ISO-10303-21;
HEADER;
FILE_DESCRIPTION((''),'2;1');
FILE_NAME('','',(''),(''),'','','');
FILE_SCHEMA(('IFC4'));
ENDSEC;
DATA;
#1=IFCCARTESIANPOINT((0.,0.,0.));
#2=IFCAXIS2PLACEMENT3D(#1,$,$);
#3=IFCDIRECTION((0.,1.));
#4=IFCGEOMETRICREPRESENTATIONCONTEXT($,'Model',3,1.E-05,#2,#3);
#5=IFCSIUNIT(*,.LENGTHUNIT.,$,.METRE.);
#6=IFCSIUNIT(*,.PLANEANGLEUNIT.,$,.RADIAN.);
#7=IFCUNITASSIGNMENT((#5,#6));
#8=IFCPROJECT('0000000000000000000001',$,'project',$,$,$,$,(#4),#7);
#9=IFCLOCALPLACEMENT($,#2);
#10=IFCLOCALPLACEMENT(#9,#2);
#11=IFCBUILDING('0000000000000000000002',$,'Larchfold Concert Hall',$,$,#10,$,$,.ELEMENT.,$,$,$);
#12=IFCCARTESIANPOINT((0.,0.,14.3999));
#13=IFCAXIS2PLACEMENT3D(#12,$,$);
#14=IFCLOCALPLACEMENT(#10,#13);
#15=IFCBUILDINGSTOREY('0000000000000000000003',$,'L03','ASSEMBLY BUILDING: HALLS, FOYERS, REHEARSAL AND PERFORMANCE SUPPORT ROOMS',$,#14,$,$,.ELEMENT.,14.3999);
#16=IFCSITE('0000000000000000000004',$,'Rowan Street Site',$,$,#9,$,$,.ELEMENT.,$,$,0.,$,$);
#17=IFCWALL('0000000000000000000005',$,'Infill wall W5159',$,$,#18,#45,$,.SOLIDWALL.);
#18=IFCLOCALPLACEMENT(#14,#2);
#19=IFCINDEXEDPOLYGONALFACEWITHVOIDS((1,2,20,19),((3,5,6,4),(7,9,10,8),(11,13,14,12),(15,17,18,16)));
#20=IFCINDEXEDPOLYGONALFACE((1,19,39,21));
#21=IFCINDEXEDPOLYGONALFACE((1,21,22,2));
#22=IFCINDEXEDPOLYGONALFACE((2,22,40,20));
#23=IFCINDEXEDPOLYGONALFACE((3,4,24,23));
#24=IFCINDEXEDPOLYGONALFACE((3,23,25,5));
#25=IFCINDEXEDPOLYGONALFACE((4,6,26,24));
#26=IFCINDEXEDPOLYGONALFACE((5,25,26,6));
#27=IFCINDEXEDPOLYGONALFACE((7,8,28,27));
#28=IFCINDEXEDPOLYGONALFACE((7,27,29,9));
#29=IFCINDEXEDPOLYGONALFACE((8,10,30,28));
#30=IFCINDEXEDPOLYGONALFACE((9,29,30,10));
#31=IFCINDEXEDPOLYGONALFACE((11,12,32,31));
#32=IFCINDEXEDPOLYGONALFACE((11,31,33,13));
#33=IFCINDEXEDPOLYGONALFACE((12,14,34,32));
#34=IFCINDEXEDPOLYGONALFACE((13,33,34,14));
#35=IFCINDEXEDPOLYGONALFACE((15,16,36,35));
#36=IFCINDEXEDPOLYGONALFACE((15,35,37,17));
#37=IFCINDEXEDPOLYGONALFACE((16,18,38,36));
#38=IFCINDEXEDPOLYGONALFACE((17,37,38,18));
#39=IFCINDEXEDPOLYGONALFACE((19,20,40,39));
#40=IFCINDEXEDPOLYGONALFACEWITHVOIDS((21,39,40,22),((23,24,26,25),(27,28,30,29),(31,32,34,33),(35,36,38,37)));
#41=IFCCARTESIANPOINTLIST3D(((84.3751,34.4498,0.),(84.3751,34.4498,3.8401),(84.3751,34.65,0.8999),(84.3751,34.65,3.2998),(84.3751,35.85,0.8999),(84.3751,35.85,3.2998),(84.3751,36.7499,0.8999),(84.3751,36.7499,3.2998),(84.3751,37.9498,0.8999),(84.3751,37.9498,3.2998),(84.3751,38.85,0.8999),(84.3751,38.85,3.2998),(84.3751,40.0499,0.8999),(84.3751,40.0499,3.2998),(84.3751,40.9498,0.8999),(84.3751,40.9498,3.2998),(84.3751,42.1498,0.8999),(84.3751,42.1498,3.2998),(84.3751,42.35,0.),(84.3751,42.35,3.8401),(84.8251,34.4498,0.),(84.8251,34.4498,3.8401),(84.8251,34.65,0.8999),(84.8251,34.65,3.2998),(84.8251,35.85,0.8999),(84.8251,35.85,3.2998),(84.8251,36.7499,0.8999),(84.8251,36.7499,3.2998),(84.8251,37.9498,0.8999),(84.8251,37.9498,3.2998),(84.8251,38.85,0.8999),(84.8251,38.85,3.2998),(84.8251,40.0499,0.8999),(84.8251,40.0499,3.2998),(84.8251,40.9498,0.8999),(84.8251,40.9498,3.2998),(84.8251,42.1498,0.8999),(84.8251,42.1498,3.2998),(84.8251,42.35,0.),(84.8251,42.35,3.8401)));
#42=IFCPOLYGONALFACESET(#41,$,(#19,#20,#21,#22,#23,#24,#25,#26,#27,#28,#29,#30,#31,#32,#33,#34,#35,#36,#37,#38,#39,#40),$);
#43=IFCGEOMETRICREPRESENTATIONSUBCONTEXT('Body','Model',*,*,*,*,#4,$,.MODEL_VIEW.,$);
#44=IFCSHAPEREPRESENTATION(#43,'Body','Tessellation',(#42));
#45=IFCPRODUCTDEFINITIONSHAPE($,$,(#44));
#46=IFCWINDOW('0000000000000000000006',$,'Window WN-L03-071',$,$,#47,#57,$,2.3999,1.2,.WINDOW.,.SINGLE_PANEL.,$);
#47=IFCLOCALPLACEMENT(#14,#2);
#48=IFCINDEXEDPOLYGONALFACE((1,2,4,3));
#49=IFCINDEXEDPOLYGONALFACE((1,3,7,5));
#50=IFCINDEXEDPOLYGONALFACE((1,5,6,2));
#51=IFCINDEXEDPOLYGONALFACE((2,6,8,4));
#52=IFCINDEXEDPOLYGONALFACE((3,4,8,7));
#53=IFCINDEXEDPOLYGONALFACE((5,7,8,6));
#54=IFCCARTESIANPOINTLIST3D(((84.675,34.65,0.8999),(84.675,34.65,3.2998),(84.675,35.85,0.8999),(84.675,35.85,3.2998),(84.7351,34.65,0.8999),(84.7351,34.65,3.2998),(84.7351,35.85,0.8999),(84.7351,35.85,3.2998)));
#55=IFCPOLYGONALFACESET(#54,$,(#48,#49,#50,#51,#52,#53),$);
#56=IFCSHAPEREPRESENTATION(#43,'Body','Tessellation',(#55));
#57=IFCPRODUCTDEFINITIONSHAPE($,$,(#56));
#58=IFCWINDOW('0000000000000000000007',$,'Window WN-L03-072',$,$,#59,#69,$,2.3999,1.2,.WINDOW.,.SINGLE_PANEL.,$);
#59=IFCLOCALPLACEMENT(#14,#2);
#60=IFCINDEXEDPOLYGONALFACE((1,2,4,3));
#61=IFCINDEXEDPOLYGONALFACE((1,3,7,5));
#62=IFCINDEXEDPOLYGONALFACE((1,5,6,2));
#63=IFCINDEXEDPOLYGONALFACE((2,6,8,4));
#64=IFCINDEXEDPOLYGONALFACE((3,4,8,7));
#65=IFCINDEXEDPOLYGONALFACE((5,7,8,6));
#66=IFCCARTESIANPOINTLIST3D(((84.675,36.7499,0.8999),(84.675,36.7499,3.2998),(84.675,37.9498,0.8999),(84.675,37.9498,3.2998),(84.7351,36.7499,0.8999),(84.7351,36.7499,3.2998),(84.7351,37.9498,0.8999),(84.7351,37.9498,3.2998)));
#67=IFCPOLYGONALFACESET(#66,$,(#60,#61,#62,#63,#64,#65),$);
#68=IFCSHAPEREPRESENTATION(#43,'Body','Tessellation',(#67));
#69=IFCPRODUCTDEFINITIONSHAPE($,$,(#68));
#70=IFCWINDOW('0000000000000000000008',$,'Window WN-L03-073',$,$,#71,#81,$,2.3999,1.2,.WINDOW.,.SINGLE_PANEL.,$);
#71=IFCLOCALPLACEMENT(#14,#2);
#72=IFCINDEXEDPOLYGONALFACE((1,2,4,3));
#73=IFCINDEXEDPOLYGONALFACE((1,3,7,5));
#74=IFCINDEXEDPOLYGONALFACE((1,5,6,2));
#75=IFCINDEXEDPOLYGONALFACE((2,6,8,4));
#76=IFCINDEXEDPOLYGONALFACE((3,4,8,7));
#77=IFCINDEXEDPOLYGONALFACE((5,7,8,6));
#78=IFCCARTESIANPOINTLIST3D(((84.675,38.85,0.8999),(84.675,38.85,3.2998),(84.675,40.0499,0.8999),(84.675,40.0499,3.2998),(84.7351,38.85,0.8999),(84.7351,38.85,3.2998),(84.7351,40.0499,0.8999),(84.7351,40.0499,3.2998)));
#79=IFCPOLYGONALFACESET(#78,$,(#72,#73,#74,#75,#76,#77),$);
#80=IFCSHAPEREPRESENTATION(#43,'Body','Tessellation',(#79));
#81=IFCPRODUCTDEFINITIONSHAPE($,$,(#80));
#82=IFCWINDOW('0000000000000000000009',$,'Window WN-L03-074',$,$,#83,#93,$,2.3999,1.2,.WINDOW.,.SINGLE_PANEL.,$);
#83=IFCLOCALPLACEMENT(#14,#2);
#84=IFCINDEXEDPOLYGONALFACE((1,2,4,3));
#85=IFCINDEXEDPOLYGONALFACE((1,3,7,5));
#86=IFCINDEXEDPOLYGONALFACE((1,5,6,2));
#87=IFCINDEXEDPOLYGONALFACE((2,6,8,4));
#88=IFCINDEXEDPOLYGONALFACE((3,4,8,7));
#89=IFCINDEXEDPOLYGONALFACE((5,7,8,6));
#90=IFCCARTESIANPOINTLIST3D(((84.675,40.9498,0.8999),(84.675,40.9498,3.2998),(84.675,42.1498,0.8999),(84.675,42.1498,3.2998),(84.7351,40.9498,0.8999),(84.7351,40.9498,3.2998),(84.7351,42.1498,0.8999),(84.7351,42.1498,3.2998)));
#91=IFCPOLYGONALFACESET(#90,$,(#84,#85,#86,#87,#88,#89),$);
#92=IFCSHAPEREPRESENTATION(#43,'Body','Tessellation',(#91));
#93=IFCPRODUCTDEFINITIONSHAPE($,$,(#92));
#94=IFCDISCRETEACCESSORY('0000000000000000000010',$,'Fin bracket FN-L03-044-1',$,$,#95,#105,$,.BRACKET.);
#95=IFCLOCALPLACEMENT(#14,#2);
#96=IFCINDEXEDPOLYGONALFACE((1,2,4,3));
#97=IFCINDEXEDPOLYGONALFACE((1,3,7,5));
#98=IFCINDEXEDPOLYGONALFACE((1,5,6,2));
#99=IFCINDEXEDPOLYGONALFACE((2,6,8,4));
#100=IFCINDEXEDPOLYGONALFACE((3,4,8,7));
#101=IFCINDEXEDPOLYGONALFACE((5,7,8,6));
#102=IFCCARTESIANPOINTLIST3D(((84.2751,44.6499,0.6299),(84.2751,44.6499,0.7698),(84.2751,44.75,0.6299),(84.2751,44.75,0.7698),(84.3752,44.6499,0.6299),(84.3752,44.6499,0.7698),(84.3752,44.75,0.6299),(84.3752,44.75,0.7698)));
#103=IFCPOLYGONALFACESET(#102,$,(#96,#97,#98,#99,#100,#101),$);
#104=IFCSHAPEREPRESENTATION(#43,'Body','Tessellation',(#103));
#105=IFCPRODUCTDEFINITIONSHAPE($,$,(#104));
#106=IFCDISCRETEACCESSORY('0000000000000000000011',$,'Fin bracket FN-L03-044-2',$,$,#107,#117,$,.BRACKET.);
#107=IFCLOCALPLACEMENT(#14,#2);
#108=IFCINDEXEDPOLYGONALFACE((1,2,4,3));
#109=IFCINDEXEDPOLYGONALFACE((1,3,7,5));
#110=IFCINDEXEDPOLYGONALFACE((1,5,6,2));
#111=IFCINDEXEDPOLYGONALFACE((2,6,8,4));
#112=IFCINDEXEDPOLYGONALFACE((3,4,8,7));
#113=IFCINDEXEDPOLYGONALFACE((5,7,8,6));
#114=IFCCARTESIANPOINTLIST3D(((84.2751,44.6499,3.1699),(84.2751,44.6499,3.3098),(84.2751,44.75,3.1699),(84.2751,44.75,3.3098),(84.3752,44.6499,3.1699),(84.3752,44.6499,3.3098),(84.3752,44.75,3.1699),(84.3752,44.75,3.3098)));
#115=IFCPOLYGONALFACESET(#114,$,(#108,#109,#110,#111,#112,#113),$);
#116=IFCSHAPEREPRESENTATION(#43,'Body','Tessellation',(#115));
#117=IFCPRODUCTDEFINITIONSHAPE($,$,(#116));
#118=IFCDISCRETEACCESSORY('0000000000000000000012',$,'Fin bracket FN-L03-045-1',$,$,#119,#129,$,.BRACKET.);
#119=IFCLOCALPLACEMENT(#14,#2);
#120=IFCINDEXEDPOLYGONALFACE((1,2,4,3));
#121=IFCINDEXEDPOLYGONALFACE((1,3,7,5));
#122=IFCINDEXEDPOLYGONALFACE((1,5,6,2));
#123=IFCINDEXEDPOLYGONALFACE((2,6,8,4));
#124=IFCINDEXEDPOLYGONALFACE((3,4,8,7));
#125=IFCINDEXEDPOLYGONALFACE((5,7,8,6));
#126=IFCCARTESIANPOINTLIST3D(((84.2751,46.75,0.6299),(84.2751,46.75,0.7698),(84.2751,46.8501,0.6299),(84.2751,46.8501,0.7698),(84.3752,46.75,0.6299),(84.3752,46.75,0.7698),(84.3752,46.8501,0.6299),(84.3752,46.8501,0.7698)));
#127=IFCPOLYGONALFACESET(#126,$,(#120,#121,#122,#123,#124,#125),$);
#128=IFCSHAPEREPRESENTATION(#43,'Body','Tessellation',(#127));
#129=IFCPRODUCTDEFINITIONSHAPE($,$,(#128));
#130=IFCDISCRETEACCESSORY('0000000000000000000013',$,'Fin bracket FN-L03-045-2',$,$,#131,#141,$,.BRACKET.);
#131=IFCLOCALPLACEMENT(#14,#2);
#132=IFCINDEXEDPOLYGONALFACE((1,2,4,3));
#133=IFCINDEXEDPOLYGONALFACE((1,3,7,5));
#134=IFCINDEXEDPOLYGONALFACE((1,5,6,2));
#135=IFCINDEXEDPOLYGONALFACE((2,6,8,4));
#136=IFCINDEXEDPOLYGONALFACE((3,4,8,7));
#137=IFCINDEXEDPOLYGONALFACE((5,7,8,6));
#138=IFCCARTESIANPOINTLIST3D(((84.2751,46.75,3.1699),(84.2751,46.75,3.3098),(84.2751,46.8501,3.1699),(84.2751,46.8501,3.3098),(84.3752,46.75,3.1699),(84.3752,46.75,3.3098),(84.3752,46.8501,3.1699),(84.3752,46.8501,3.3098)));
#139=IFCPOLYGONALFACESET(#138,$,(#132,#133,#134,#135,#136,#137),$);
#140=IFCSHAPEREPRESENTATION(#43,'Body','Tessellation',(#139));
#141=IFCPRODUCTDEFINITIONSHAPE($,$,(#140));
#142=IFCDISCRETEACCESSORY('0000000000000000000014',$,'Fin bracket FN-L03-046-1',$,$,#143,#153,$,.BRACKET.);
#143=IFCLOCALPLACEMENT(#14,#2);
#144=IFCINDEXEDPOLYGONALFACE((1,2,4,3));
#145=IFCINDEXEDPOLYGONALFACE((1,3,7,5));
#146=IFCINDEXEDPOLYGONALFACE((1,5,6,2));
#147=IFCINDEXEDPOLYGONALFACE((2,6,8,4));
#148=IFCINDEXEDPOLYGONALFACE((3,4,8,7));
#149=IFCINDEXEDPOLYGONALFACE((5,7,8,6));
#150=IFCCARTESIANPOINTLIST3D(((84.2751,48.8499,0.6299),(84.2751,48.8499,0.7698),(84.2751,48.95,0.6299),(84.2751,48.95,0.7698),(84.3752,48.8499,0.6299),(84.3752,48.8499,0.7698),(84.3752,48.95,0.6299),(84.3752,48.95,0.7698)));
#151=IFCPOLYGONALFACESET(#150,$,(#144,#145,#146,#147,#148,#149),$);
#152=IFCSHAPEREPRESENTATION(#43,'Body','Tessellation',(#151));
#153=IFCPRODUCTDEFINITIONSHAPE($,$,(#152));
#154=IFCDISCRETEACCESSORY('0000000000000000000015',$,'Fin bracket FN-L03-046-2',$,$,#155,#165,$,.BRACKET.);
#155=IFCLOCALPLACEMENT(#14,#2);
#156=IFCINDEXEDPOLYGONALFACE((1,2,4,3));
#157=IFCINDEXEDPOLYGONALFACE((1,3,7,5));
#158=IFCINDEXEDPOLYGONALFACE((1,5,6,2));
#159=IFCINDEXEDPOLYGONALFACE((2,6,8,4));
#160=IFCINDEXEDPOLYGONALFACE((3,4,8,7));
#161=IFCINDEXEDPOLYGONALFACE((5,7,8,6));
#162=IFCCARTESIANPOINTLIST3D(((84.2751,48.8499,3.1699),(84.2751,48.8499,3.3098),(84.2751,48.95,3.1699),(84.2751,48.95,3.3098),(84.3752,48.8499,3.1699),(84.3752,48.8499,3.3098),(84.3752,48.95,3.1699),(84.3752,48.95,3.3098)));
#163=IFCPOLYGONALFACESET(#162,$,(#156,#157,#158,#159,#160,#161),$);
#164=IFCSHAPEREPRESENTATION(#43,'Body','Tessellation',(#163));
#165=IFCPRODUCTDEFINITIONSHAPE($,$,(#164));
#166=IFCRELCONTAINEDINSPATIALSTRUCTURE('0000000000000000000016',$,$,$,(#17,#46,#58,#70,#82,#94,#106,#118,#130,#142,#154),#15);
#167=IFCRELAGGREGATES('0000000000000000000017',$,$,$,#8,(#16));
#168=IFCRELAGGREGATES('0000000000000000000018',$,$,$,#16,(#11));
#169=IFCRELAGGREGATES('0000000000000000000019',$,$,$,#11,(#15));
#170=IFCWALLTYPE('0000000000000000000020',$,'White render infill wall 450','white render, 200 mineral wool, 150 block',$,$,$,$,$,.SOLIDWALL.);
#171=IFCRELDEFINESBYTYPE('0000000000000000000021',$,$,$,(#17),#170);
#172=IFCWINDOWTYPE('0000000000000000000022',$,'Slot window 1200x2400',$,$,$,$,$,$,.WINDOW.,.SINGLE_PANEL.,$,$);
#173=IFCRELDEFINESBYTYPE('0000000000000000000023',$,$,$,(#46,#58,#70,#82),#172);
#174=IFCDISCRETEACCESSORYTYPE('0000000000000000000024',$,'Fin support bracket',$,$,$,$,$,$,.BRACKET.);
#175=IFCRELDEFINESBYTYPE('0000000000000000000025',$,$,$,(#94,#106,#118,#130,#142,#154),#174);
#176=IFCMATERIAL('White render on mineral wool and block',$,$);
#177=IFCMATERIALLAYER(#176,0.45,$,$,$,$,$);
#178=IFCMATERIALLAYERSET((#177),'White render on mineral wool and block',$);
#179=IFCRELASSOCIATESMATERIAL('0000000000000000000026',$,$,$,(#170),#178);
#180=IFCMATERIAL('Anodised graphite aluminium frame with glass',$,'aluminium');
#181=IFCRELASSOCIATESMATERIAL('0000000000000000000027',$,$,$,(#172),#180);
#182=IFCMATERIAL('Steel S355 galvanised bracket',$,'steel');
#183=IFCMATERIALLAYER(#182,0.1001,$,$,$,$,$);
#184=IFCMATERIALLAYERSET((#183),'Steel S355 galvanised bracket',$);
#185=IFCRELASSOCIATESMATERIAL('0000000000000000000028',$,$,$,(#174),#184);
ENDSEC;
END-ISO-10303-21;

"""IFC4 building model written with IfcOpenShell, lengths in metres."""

from ifc_helpers import new_model, si_unit, direction, frame, frame_2d, origin, origin_2d, place, context, subcontext, project, spatial, rectangle, extrude, material, layer, layer_set, type_object, element, fill, save


model = new_model("IFC4")

# Units and contexts
model_context = context("Model", 3, precision=1e-05, world=origin(), true_north=direction((0.0, 1.0)))
body_context = subcontext(model_context, "Body", "Model", "MODEL_VIEW")
ifc_project = project(units=[si_unit("LENGTHUNIT", "METRE"), si_unit("PLANEANGLEUNIT", "RADIAN")], contexts=[model_context])

# Site, building, storey
site_placement = place(None, origin())
site = spatial("IfcSite", under=ifc_project, at=site_placement, Name="Rowan Street Site", CompositionType="ELEMENT", RefElevation=0.0)
building_placement = place(site_placement, origin())
building = spatial("IfcBuilding", under=site, at=building_placement, Name="Larchfold Concert Hall", CompositionType="ELEMENT")
storey_placement = place(building_placement, frame((0.0, 0.0, 14.3999)))
storey = spatial("IfcBuildingStorey", under=building, at=storey_placement, Name="L03", Description="ASSEMBLY BUILDING: HALLS, FOYERS, REHEARSAL AND PERFORMANCE SUPPORT ROOMS", CompositionType="ELEMENT", Elevation=14.3999)

# Wall, openings, windows
ifc_material_1 = material(Name="White render on mineral wool and block")
ifc_layer_1 = layer(ifc_material_1, 0.45)
ifc_layer_set_1 = layer_set([ifc_layer_1], Name="White render on mineral wool and block")
wall_type_1 = type_object("IfcWallType", Name="White render infill wall 450", Description="white render, 200 mineral wool, 150 block", PredefinedType="SOLIDWALL", material=ifc_layer_set_1)
ifc_material_2 = material(Name="Anodised graphite aluminium frame with glass", Category="aluminium")
window_type = type_object("IfcWindowType", Name="Slot window 1200x2400", PartitioningType="SINGLE_PANEL", PredefinedType="WINDOW", material=ifc_material_2)
wall_1_placement = place(storey_placement, frame((84.6001, 42.3501, 0.0), z_axis=(0.0, 0.0, 1.0), x_axis=(0.0, -1.0, 0.0)))
wall_1 = element("IfcWall", 1, at=wall_1_placement, inside=storey, type_object=wall_type_1, Name="Infill wall W5159", PredefinedType="SOLIDWALL", context=body_context, shape_type="SweptSolid", body=[
    extrude(rectangle(XDim=7.9001, YDim=0.45, at=frame_2d((3.9502, 0.0))), origin(), (0.0, 0.0, 1.0), 3.8401),
])
opening_1_placement = place(wall_1_placement, frame((6.5, 0.0, 0.8999)))
opening_1 = element("IfcOpeningElement", 2, at=opening_1_placement, cuts=wall_1, PredefinedType="OPENING", context=body_context, shape_type="SweptSolid", body=[
    extrude(rectangle(XDim=1.2, YDim=2.3999, at=frame_2d((0.6001, 1.2))), frame((0.0, 0.2349, 0.0), z_axis=(0.0, -1.0, 0.0), x_axis=(1.0, 0.0, 0.0)), (0.0, 0.0, 1.0), 0.47),
])
opening_2_placement = place(wall_1_placement, frame((4.4001, 0.0, 0.8999)))
opening_2 = element("IfcOpeningElement", 3, at=opening_2_placement, cuts=wall_1, PredefinedType="OPENING", context=body_context, shape_type="SweptSolid", body=[
    extrude(rectangle(XDim=1.2, YDim=2.3999, at=frame_2d((0.6001, 1.2))), frame((0.0, 0.2349, 0.0), z_axis=(0.0, -1.0, 0.0), x_axis=(1.0, 0.0, 0.0)), (0.0, 0.0, 1.0), 0.47),
])
opening_3_placement = place(wall_1_placement, frame((2.3, 0.0, 0.8999)))
opening_3 = element("IfcOpeningElement", 4, at=opening_3_placement, cuts=wall_1, PredefinedType="OPENING", context=body_context, shape_type="SweptSolid", body=[
    extrude(rectangle(XDim=1.2, YDim=2.3999, at=frame_2d((0.6001, 1.2))), frame((0.0, 0.2349, 0.0), z_axis=(0.0, -1.0, 0.0), x_axis=(1.0, 0.0, 0.0)), (0.0, 0.0, 1.0), 0.47),
])
opening_4_placement = place(wall_1_placement, frame((0.2002, 0.0, 0.8999)))
opening_4 = element("IfcOpeningElement", 5, at=opening_4_placement, cuts=wall_1, PredefinedType="OPENING", context=body_context, shape_type="SweptSolid", body=[
    extrude(rectangle(XDim=1.2, YDim=2.3999, at=frame_2d((0.6001, 1.2))), frame((0.0, 0.2349, 0.0), z_axis=(0.0, -1.0, 0.0), x_axis=(1.0, 0.0, 0.0)), (0.0, 0.0, 1.0), 0.47),
])
window_1_placement = place(opening_1_placement, origin())
window_1 = element("IfcWindow", 6, at=window_1_placement, inside=storey, type_object=window_type, Name="Window WN-L03-071", OverallHeight=2.3999, OverallWidth=1.2, PartitioningType="SINGLE_PANEL", PredefinedType="WINDOW", context=body_context, shape_type="SweptSolid", body=[
    extrude(rectangle(XDim=1.2, YDim=2.3999, at=frame_2d((0.6001, 1.2))), frame((0.0, 0.135, 0.0), z_axis=(0.0, -1.0, 0.0), x_axis=(1.0, 0.0, 0.0)), (0.0, 0.0, 1.0), 0.0601),
])
fill(opening_1, window_1)
window_2_placement = place(opening_2_placement, origin())
window_2 = element("IfcWindow", 7, at=window_2_placement, inside=storey, type_object=window_type, Name="Window WN-L03-072", OverallHeight=2.3999, OverallWidth=1.2, PartitioningType="SINGLE_PANEL", PredefinedType="WINDOW", context=body_context, shape_type="SweptSolid", body=[
    extrude(rectangle(XDim=1.2, YDim=2.3999, at=frame_2d((0.6001, 1.2))), frame((0.0, 0.135, 0.0), z_axis=(0.0, -1.0, 0.0), x_axis=(1.0, 0.0, 0.0)), (0.0, 0.0, 1.0), 0.0601),
])
fill(opening_2, window_2)
window_3_placement = place(opening_3_placement, origin())
window_3 = element("IfcWindow", 8, at=window_3_placement, inside=storey, type_object=window_type, Name="Window WN-L03-073", OverallHeight=2.3999, OverallWidth=1.2, PartitioningType="SINGLE_PANEL", PredefinedType="WINDOW", context=body_context, shape_type="SweptSolid", body=[
    extrude(rectangle(XDim=1.2, YDim=2.3999, at=frame_2d((0.6001, 1.2))), frame((0.0, 0.135, 0.0), z_axis=(0.0, -1.0, 0.0), x_axis=(1.0, 0.0, 0.0)), (0.0, 0.0, 1.0), 0.0601),
])
fill(opening_3, window_3)
window_4_placement = place(opening_4_placement, origin())
window_4 = element("IfcWindow", 9, at=window_4_placement, inside=storey, type_object=window_type, Name="Window WN-L03-074", OverallHeight=2.3999, OverallWidth=1.2, PartitioningType="SINGLE_PANEL", PredefinedType="WINDOW", context=body_context, shape_type="SweptSolid", body=[
    extrude(rectangle(XDim=1.2, YDim=2.3999, at=frame_2d((0.6001, 1.2))), frame((0.0, 0.135, 0.0), z_axis=(0.0, -1.0, 0.0), x_axis=(1.0, 0.0, 0.0)), (0.0, 0.0, 1.0), 0.0601),
])
fill(opening_4, window_4)

# Discrete accessories
ifc_material_3 = material(Name="Steel S355 galvanised bracket", Category="steel")
ifc_layer_2 = layer(ifc_material_3, 0.1001)
ifc_layer_set_2 = layer_set([ifc_layer_2], Name="Steel S355 galvanised bracket")
discrete_accessory_type = type_object("IfcDiscreteAccessoryType", Name="Fin support bracket", PredefinedType="BRACKET", material=ifc_layer_set_2)
for number, where, z_axis, x_axis, name in (
    (10, (84.3252, 44.7, 0.6299), (0.0, 0.0, 1.0), (-1.0, 0.0, 0.0), "Fin bracket FN-L03-044-1"),
    (11, (84.3252, 44.7, 3.1699), (0.0, 0.0, 1.0), (-1.0, 0.0, 0.0), "Fin bracket FN-L03-044-2"),
    (12, (84.3252, 46.8, 0.6299), (0.0, 0.0, 1.0), (-1.0, 0.0, 0.0), "Fin bracket FN-L03-045-1"),
    (13, (84.3252, 46.8, 3.1699), (0.0, 0.0, 1.0), (-1.0, 0.0, 0.0), "Fin bracket FN-L03-045-2"),
    (14, (84.3252, 48.8999, 0.6299), (0.0, 0.0, 1.0), (-1.0, 0.0, 0.0), "Fin bracket FN-L03-046-1"),
    (15, (84.3252, 48.8999, 3.1699), (0.0, 0.0, 1.0), (-1.0, 0.0, 0.0), "Fin bracket FN-L03-046-2"),
):
    element("IfcDiscreteAccessory", number, at=place(storey_placement, frame(where, z_axis=z_axis, x_axis=x_axis)), inside=storey, type_object=discrete_accessory_type, Name=name, PredefinedType="BRACKET", context=body_context, shape_type="SweptSolid", body=[
        extrude(rectangle(XDim=0.1001, YDim=0.1001, at=origin_2d()), origin(), (0.0, 0.0, 1.0), 0.1399),
    ])

save(model, "model.ifc")
